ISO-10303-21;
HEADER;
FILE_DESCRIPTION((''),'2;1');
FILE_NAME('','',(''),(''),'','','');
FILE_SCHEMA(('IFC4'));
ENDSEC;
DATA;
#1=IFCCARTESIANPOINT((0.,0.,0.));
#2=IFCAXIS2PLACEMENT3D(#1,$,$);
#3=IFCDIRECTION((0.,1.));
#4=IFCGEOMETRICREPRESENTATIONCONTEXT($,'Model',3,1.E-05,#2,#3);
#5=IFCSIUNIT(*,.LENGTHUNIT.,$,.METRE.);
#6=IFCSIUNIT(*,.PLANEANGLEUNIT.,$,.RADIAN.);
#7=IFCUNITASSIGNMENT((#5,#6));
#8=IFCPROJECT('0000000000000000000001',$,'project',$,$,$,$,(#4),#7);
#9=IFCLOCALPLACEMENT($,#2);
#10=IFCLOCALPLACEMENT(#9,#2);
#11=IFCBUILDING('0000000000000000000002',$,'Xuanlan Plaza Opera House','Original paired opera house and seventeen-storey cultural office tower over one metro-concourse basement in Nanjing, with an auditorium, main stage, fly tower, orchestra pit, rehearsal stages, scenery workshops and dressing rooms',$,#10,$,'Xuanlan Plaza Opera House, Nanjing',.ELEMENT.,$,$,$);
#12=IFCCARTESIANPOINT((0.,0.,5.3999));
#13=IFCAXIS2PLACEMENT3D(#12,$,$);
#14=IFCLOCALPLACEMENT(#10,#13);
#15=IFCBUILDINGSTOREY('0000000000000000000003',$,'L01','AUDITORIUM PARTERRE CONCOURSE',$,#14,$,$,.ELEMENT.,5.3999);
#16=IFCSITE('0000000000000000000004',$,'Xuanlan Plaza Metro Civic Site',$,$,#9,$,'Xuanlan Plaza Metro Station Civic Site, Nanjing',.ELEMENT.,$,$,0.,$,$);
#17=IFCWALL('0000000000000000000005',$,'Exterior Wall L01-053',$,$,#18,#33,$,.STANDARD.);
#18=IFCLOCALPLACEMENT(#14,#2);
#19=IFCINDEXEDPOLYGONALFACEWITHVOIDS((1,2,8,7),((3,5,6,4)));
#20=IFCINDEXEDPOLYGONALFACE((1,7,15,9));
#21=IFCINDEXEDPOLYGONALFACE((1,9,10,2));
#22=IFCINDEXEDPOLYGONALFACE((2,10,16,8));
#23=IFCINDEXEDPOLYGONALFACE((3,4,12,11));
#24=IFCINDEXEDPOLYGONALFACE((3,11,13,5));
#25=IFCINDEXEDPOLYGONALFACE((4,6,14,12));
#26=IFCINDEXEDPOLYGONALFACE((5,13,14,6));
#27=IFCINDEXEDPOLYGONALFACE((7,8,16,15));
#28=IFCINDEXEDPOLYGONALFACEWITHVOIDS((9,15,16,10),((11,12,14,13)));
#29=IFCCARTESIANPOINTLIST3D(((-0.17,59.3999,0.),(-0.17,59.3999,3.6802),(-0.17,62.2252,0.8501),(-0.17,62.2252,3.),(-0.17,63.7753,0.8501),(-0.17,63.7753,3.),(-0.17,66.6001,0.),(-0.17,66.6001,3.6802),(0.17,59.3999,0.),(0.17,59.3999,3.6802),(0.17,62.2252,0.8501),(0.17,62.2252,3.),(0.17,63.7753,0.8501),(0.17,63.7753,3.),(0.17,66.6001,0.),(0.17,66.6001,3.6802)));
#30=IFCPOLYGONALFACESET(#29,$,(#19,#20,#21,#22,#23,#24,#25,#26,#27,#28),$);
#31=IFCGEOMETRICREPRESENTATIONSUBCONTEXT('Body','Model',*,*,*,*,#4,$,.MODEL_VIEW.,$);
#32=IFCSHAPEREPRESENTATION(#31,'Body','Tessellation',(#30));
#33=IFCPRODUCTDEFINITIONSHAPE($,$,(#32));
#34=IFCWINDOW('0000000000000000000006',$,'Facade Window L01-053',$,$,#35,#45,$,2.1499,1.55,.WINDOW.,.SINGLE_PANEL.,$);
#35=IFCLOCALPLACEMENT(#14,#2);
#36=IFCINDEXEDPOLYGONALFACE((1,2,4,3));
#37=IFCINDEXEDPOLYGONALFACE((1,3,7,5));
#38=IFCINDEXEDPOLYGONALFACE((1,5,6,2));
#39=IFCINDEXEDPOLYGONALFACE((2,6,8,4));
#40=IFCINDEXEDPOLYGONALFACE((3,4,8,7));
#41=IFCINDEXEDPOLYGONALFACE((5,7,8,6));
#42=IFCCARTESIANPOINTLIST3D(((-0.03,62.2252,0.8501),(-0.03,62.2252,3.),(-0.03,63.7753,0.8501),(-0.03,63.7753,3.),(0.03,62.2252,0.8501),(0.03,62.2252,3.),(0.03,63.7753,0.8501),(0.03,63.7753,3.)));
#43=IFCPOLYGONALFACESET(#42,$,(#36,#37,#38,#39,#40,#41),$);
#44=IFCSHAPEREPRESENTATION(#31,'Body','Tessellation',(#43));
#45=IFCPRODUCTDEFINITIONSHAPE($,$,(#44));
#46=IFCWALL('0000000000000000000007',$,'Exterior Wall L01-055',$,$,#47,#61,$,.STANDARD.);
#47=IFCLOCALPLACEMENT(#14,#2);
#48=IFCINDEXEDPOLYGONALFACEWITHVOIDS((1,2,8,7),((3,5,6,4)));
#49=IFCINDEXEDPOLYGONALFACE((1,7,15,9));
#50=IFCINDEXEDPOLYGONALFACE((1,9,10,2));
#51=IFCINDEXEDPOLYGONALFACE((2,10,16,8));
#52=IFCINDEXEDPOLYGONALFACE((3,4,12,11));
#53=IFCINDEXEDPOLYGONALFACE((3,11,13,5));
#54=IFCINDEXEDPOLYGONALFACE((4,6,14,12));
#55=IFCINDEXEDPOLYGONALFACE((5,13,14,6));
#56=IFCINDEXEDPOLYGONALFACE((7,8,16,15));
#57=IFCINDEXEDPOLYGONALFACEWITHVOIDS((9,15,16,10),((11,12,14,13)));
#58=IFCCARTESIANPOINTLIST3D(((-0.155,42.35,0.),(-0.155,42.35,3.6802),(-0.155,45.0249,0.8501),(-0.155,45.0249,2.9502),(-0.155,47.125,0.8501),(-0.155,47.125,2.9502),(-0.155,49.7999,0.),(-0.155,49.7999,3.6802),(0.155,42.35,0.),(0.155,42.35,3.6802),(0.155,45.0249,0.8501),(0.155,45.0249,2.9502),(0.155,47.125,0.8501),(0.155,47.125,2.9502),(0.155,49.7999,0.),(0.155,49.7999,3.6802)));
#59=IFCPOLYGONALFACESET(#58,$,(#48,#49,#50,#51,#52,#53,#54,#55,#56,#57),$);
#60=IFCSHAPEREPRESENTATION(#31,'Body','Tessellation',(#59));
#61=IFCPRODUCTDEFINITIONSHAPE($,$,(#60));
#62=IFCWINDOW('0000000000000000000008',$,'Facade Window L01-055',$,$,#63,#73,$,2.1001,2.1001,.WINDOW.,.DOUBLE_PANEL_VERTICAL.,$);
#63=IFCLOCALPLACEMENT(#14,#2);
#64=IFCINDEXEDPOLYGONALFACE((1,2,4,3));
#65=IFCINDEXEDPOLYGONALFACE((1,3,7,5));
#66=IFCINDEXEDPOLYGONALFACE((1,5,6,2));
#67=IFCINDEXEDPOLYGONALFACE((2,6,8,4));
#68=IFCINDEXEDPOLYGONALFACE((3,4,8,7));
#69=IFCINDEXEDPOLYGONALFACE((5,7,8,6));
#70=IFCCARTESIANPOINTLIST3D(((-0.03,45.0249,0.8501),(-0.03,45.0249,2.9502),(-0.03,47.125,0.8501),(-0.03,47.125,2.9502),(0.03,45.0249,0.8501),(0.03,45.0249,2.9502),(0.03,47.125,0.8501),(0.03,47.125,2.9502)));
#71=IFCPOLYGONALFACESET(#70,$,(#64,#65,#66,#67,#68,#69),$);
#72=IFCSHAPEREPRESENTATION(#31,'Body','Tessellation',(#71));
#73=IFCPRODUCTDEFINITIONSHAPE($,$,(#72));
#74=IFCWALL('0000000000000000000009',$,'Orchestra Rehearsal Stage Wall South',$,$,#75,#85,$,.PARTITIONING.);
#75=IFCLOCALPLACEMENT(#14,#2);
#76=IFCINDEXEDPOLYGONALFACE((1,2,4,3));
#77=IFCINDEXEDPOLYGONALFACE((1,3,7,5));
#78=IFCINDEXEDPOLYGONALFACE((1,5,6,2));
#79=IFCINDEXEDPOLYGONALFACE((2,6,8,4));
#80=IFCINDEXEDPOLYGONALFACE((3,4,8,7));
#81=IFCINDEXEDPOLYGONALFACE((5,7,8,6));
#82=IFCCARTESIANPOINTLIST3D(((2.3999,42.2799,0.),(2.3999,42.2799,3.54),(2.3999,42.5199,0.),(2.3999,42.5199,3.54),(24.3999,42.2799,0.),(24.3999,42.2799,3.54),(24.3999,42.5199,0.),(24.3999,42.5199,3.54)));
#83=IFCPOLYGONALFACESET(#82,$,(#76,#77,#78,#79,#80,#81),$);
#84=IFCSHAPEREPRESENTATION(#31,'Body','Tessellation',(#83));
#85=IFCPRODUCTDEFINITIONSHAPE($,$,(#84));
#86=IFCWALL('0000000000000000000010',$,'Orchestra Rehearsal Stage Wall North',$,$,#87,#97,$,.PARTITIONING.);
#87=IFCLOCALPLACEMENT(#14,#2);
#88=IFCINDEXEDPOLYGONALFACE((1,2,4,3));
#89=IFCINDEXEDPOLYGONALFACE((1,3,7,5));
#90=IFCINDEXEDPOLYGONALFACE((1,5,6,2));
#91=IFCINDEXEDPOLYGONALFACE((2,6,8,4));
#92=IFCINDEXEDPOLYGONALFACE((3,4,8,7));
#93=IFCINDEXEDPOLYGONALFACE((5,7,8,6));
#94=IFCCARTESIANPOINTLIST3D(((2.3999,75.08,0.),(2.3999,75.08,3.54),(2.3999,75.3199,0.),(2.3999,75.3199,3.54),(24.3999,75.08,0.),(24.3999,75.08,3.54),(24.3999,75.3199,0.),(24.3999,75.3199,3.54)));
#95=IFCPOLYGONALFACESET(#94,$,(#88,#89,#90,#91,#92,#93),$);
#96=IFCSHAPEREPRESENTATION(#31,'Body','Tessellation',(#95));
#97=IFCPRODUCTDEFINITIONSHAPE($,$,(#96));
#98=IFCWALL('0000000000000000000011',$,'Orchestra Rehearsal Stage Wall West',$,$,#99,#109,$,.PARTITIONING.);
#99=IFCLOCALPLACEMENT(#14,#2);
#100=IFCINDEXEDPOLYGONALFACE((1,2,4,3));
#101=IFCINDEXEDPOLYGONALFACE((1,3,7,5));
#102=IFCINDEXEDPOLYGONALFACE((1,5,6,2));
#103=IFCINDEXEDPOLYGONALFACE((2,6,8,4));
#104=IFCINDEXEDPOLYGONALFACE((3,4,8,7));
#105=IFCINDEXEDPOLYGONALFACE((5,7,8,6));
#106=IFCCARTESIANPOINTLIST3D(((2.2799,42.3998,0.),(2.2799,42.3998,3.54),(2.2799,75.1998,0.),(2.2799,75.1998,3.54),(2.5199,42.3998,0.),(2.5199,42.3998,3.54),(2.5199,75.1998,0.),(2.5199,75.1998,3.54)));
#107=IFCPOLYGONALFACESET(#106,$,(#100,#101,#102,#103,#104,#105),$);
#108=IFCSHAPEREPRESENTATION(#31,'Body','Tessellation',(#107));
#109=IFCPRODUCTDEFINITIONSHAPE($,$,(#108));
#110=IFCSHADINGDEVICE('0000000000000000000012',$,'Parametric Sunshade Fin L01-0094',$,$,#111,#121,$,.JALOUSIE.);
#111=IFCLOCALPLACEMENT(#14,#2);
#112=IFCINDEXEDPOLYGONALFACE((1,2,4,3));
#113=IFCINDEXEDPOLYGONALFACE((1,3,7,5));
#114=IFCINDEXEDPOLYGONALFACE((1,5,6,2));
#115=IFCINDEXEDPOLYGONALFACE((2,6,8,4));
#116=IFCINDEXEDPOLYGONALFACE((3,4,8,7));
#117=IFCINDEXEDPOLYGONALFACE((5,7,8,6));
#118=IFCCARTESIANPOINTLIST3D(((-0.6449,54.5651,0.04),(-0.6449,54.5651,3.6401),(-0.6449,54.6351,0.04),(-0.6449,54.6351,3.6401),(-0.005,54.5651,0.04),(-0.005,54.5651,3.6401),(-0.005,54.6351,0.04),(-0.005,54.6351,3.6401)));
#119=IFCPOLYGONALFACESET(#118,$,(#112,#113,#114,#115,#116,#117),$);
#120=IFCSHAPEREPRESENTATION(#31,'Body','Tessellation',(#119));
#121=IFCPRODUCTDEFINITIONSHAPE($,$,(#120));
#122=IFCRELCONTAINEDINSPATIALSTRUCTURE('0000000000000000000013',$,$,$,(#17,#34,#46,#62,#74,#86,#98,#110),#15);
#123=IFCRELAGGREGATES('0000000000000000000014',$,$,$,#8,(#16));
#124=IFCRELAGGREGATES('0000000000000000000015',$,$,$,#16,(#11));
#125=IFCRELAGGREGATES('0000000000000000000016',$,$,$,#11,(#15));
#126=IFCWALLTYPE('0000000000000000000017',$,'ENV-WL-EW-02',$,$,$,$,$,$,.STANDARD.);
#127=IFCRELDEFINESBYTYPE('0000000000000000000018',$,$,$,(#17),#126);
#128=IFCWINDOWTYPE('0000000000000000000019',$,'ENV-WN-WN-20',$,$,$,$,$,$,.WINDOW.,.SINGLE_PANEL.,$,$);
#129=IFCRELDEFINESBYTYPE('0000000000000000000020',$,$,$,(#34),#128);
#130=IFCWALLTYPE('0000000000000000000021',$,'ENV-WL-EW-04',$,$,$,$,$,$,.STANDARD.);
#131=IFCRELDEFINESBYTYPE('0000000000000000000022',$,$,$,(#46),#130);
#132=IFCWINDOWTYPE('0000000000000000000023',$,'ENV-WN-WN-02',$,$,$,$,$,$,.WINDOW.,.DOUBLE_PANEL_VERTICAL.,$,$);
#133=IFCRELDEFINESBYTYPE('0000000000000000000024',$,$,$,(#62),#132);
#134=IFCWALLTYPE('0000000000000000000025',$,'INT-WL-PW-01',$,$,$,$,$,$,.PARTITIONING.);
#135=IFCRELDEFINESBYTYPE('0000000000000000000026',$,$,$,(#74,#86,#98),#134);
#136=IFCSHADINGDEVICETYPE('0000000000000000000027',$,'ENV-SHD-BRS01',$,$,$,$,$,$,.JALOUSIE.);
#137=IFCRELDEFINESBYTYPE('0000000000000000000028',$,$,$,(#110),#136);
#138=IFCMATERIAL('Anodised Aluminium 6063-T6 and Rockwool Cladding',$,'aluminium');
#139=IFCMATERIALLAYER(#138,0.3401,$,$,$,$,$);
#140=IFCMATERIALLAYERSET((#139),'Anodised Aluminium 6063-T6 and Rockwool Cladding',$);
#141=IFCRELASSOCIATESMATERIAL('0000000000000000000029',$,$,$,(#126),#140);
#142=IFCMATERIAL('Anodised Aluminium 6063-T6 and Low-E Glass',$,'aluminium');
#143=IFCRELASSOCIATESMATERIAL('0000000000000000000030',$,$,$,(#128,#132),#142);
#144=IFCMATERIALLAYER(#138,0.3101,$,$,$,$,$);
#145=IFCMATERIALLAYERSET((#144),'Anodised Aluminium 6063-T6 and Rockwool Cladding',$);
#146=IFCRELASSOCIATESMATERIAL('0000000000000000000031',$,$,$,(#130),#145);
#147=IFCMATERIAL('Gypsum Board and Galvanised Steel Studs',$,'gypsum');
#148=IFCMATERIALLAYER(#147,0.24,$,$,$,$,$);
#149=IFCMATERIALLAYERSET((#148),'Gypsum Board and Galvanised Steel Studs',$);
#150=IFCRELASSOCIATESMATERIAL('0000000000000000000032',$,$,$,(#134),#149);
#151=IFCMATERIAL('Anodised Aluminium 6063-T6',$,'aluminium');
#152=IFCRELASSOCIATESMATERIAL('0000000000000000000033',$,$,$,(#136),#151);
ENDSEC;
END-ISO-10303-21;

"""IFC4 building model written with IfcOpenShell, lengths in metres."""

from ifc_helpers import new_model, si_unit, direction, frame, frame_2d, origin, origin_2d, place, context, subcontext, project, spatial, rectangle, extrude, material, layer, layer_set, type_object, element, fill, save


model = new_model("IFC4")

# Units and contexts
model_context = context("Model", 3, precision=1e-05, world=origin(), true_north=direction((0.0, 1.0)))
body_context = subcontext(model_context, "Body", "Model", "MODEL_VIEW")
ifc_project = project(units=[si_unit("LENGTHUNIT", "METRE"), si_unit("PLANEANGLEUNIT", "RADIAN")], contexts=[model_context])

# Site, building, storey
site_placement = place(None, origin())
site = spatial("IfcSite", under=ifc_project, at=site_placement, Name="Xuanlan Plaza Metro Civic Site", LongName="Xuanlan Plaza Metro Station Civic Site, Nanjing", CompositionType="ELEMENT", RefElevation=0.0)
building_placement = place(site_placement, origin())
building = spatial("IfcBuilding", under=site, at=building_placement, Name="Xuanlan Plaza Opera House", Description="Original paired opera house and seventeen-storey cultural office tower over one metro-concourse basement in Nanjing, with an auditorium, main stage, fly tower, orchestra pit, rehearsal stages, scenery workshops and dressing rooms", LongName="Xuanlan Plaza Opera House, Nanjing", CompositionType="ELEMENT")
storey_placement = place(building_placement, frame((0.0, 0.0, 5.3999)))
storey = spatial("IfcBuildingStorey", under=building, at=storey_placement, Name="L01", Description="AUDITORIUM PARTERRE CONCOURSE", CompositionType="ELEMENT", Elevation=5.3999)

# Shared definitions
ifc_material_1 = material(Name="Anodised Aluminium 6063-T6 and Low-E Glass", Category="aluminium")
ifc_material_2 = material(Name="Anodised Aluminium 6063-T6", Category="aluminium")

# Walls, openings, windows
ifc_material_3 = material(Name="Anodised Aluminium 6063-T6 and Rockwool Cladding", Category="aluminium")
ifc_layer_1 = layer(ifc_material_3, 0.3401)
ifc_layer_set_1 = layer_set([ifc_layer_1], Name="Anodised Aluminium 6063-T6 and Rockwool Cladding")
wall_type_1 = type_object("IfcWallType", Name="ENV-WL-EW-02", PredefinedType="STANDARD", material=ifc_layer_set_1)
wall_1_placement = place(storey_placement, frame((0.0, 66.6001, 0.0), z_axis=(0.0, 0.0, 1.0), x_axis=(0.0, -1.0, 0.0)))
wall_1 = element("IfcWall", 1, at=wall_1_placement, inside=storey, type_object=wall_type_1, Name="Exterior Wall L01-053", PredefinedType="STANDARD", context=body_context, shape_type="SweptSolid", body=[
    extrude(rectangle(XDim=7.2002, YDim=0.3401, at=frame_2d((3.6001, 0.0))), origin(), (0.0, 0.0, 1.0), 3.6802),
])
opening_1_placement = place(wall_1_placement, frame((2.825, 0.0, 0.8501)))
opening_1 = element("IfcOpeningElement", 2, at=opening_1_placement, cuts=wall_1, PredefinedType="OPENING", context=body_context, shape_type="SweptSolid", body=[
    extrude(rectangle(XDim=1.55, YDim=2.1499, at=frame_2d((0.7749, 1.075))), frame((0.0, 0.1799, 0.0), z_axis=(0.0, -1.0, 0.0), x_axis=(1.0, 0.0, 0.0)), (0.0, 0.0, 1.0), 0.3601),
])
window_type_1 = type_object("IfcWindowType", Name="ENV-WN-WN-20", PartitioningType="SINGLE_PANEL", PredefinedType="WINDOW", material=ifc_material_1)
window_1_placement = place(opening_1_placement, origin())
window_1 = element("IfcWindow", 3, at=window_1_placement, inside=storey, type_object=window_type_1, Name="Facade Window L01-053", OverallHeight=2.1499, OverallWidth=1.55, PartitioningType="SINGLE_PANEL", PredefinedType="WINDOW", context=body_context, shape_type="SweptSolid", body=[
    extrude(rectangle(XDim=1.55, YDim=2.1499, at=frame_2d((0.7749, 1.075))), frame((0.0, 0.03, 0.0), z_axis=(0.0, -1.0, 0.0), x_axis=(1.0, 0.0, 0.0)), (0.0, 0.0, 1.0), 0.0601),
])
fill(opening_1, window_1)
ifc_layer_2 = layer(ifc_material_3, 0.3101)
ifc_layer_set_2 = layer_set([ifc_layer_2], Name="Anodised Aluminium 6063-T6 and Rockwool Cladding")
wall_type_2 = type_object("IfcWallType", Name="ENV-WL-EW-04", PredefinedType="STANDARD", material=ifc_layer_set_2)
wall_2_placement = place(storey_placement, frame((0.0, 49.8, 0.0), z_axis=(0.0, 0.0, 1.0), x_axis=(0.0, -1.0, 0.0)))
wall_2 = element("IfcWall", 4, at=wall_2_placement, inside=storey, type_object=wall_type_2, Name="Exterior Wall L01-055", PredefinedType="STANDARD", context=body_context, shape_type="SweptSolid", body=[
    extrude(rectangle(XDim=7.45, YDim=0.3101, at=frame_2d((3.7251, 0.0))), origin(), (0.0, 0.0, 1.0), 3.6802),
])
opening_2_placement = place(wall_2_placement, frame((2.675, 0.0, 0.8501)))
opening_2 = element("IfcOpeningElement", 5, at=opening_2_placement, cuts=wall_2, PredefinedType="OPENING", context=body_context, shape_type="SweptSolid", body=[
    extrude(rectangle(XDim=2.1001, YDim=2.1001, at=frame_2d((1.05, 1.05))), frame((0.0, 0.165, 0.0), z_axis=(0.0, -1.0, 0.0), x_axis=(1.0, 0.0, 0.0)), (0.0, 0.0, 1.0), 0.3301),
])
window_type_2 = type_object("IfcWindowType", Name="ENV-WN-WN-02", PartitioningType="DOUBLE_PANEL_VERTICAL", PredefinedType="WINDOW", material=ifc_material_1)
window_2_placement = place(opening_2_placement, origin())
window_2 = element("IfcWindow", 6, at=window_2_placement, inside=storey, type_object=window_type_2, Name="Facade Window L01-055", OverallHeight=2.1001, OverallWidth=2.1001, PartitioningType="DOUBLE_PANEL_VERTICAL", PredefinedType="WINDOW", context=body_context, shape_type="SweptSolid", body=[
    extrude(rectangle(XDim=2.1001, YDim=2.1001, at=frame_2d((1.05, 1.05))), frame((0.0, 0.03, 0.0), z_axis=(0.0, -1.0, 0.0), x_axis=(1.0, 0.0, 0.0)), (0.0, 0.0, 1.0), 0.0601),
])
fill(opening_2, window_2)

# Walls
ifc_material_4 = material(Name="Gypsum Board and Galvanised Steel Studs", Category="gypsum")
ifc_layer_3 = layer(ifc_material_4, 0.24)
ifc_layer_set_3 = layer_set([ifc_layer_3], Name="Gypsum Board and Galvanised Steel Studs")
wall_type_3 = type_object("IfcWallType", Name="INT-WL-PW-01", PredefinedType="PARTITIONING", material=ifc_layer_set_3)
for number, where, z_axis, x_axis, name in (
    (7, (2.3999, 42.3999, 0.0), (0.0, 0.0, 1.0), (1.0, 0.0, 0.0), "Orchestra Rehearsal Stage Wall South"),
    (8, (2.3999, 75.2, 0.0), (0.0, 0.0, 1.0), (1.0, 0.0, 0.0), "Orchestra Rehearsal Stage Wall North"),
):
    element("IfcWall", number, at=place(storey_placement, frame(where, z_axis=z_axis, x_axis=x_axis)), inside=storey, type_object=wall_type_3, Name=name, PredefinedType="PARTITIONING", context=body_context, shape_type="SweptSolid", body=[
        extrude(rectangle(XDim=22.0, YDim=0.24, at=frame_2d((11.0, 0.0))), origin(), (0.0, 0.0, 1.0), 3.54),
    ])
wall_3_placement = place(storey_placement, frame((2.3999, 42.3999, 0.0), z_axis=(0.0, 0.0, 1.0), x_axis=(0.0, 1.0, 0.0)))
element("IfcWall", 9, at=wall_3_placement, inside=storey, type_object=wall_type_3, Name="Orchestra Rehearsal Stage Wall West", PredefinedType="PARTITIONING", context=body_context, shape_type="SweptSolid", body=[
    extrude(rectangle(XDim=32.8, YDim=0.24, at=frame_2d((16.3999, 0.0))), origin(), (0.0, 0.0, 1.0), 3.54),
])

# Shading device
shading_device_type = type_object("IfcShadingDeviceType", Name="ENV-SHD-BRS01", PredefinedType="JALOUSIE", material=ifc_material_2)
shading_device_placement = place(storey_placement, frame((-0.325, 54.6001, 0.04), z_axis=(0.0, 0.0, 1.0), x_axis=(-1.0, 0.0, 0.0)))
element("IfcShadingDevice", 10, at=shading_device_placement, inside=storey, type_object=shading_device_type, Name="Parametric Sunshade Fin L01-0094", PredefinedType="JALOUSIE", context=body_context, shape_type="SweptSolid", body=[
    extrude(rectangle(XDim=0.6399, YDim=0.0701, at=origin_2d()), origin(), (0.0, 0.0, 1.0), 3.6001),
])

save(model, "model.ifc")
